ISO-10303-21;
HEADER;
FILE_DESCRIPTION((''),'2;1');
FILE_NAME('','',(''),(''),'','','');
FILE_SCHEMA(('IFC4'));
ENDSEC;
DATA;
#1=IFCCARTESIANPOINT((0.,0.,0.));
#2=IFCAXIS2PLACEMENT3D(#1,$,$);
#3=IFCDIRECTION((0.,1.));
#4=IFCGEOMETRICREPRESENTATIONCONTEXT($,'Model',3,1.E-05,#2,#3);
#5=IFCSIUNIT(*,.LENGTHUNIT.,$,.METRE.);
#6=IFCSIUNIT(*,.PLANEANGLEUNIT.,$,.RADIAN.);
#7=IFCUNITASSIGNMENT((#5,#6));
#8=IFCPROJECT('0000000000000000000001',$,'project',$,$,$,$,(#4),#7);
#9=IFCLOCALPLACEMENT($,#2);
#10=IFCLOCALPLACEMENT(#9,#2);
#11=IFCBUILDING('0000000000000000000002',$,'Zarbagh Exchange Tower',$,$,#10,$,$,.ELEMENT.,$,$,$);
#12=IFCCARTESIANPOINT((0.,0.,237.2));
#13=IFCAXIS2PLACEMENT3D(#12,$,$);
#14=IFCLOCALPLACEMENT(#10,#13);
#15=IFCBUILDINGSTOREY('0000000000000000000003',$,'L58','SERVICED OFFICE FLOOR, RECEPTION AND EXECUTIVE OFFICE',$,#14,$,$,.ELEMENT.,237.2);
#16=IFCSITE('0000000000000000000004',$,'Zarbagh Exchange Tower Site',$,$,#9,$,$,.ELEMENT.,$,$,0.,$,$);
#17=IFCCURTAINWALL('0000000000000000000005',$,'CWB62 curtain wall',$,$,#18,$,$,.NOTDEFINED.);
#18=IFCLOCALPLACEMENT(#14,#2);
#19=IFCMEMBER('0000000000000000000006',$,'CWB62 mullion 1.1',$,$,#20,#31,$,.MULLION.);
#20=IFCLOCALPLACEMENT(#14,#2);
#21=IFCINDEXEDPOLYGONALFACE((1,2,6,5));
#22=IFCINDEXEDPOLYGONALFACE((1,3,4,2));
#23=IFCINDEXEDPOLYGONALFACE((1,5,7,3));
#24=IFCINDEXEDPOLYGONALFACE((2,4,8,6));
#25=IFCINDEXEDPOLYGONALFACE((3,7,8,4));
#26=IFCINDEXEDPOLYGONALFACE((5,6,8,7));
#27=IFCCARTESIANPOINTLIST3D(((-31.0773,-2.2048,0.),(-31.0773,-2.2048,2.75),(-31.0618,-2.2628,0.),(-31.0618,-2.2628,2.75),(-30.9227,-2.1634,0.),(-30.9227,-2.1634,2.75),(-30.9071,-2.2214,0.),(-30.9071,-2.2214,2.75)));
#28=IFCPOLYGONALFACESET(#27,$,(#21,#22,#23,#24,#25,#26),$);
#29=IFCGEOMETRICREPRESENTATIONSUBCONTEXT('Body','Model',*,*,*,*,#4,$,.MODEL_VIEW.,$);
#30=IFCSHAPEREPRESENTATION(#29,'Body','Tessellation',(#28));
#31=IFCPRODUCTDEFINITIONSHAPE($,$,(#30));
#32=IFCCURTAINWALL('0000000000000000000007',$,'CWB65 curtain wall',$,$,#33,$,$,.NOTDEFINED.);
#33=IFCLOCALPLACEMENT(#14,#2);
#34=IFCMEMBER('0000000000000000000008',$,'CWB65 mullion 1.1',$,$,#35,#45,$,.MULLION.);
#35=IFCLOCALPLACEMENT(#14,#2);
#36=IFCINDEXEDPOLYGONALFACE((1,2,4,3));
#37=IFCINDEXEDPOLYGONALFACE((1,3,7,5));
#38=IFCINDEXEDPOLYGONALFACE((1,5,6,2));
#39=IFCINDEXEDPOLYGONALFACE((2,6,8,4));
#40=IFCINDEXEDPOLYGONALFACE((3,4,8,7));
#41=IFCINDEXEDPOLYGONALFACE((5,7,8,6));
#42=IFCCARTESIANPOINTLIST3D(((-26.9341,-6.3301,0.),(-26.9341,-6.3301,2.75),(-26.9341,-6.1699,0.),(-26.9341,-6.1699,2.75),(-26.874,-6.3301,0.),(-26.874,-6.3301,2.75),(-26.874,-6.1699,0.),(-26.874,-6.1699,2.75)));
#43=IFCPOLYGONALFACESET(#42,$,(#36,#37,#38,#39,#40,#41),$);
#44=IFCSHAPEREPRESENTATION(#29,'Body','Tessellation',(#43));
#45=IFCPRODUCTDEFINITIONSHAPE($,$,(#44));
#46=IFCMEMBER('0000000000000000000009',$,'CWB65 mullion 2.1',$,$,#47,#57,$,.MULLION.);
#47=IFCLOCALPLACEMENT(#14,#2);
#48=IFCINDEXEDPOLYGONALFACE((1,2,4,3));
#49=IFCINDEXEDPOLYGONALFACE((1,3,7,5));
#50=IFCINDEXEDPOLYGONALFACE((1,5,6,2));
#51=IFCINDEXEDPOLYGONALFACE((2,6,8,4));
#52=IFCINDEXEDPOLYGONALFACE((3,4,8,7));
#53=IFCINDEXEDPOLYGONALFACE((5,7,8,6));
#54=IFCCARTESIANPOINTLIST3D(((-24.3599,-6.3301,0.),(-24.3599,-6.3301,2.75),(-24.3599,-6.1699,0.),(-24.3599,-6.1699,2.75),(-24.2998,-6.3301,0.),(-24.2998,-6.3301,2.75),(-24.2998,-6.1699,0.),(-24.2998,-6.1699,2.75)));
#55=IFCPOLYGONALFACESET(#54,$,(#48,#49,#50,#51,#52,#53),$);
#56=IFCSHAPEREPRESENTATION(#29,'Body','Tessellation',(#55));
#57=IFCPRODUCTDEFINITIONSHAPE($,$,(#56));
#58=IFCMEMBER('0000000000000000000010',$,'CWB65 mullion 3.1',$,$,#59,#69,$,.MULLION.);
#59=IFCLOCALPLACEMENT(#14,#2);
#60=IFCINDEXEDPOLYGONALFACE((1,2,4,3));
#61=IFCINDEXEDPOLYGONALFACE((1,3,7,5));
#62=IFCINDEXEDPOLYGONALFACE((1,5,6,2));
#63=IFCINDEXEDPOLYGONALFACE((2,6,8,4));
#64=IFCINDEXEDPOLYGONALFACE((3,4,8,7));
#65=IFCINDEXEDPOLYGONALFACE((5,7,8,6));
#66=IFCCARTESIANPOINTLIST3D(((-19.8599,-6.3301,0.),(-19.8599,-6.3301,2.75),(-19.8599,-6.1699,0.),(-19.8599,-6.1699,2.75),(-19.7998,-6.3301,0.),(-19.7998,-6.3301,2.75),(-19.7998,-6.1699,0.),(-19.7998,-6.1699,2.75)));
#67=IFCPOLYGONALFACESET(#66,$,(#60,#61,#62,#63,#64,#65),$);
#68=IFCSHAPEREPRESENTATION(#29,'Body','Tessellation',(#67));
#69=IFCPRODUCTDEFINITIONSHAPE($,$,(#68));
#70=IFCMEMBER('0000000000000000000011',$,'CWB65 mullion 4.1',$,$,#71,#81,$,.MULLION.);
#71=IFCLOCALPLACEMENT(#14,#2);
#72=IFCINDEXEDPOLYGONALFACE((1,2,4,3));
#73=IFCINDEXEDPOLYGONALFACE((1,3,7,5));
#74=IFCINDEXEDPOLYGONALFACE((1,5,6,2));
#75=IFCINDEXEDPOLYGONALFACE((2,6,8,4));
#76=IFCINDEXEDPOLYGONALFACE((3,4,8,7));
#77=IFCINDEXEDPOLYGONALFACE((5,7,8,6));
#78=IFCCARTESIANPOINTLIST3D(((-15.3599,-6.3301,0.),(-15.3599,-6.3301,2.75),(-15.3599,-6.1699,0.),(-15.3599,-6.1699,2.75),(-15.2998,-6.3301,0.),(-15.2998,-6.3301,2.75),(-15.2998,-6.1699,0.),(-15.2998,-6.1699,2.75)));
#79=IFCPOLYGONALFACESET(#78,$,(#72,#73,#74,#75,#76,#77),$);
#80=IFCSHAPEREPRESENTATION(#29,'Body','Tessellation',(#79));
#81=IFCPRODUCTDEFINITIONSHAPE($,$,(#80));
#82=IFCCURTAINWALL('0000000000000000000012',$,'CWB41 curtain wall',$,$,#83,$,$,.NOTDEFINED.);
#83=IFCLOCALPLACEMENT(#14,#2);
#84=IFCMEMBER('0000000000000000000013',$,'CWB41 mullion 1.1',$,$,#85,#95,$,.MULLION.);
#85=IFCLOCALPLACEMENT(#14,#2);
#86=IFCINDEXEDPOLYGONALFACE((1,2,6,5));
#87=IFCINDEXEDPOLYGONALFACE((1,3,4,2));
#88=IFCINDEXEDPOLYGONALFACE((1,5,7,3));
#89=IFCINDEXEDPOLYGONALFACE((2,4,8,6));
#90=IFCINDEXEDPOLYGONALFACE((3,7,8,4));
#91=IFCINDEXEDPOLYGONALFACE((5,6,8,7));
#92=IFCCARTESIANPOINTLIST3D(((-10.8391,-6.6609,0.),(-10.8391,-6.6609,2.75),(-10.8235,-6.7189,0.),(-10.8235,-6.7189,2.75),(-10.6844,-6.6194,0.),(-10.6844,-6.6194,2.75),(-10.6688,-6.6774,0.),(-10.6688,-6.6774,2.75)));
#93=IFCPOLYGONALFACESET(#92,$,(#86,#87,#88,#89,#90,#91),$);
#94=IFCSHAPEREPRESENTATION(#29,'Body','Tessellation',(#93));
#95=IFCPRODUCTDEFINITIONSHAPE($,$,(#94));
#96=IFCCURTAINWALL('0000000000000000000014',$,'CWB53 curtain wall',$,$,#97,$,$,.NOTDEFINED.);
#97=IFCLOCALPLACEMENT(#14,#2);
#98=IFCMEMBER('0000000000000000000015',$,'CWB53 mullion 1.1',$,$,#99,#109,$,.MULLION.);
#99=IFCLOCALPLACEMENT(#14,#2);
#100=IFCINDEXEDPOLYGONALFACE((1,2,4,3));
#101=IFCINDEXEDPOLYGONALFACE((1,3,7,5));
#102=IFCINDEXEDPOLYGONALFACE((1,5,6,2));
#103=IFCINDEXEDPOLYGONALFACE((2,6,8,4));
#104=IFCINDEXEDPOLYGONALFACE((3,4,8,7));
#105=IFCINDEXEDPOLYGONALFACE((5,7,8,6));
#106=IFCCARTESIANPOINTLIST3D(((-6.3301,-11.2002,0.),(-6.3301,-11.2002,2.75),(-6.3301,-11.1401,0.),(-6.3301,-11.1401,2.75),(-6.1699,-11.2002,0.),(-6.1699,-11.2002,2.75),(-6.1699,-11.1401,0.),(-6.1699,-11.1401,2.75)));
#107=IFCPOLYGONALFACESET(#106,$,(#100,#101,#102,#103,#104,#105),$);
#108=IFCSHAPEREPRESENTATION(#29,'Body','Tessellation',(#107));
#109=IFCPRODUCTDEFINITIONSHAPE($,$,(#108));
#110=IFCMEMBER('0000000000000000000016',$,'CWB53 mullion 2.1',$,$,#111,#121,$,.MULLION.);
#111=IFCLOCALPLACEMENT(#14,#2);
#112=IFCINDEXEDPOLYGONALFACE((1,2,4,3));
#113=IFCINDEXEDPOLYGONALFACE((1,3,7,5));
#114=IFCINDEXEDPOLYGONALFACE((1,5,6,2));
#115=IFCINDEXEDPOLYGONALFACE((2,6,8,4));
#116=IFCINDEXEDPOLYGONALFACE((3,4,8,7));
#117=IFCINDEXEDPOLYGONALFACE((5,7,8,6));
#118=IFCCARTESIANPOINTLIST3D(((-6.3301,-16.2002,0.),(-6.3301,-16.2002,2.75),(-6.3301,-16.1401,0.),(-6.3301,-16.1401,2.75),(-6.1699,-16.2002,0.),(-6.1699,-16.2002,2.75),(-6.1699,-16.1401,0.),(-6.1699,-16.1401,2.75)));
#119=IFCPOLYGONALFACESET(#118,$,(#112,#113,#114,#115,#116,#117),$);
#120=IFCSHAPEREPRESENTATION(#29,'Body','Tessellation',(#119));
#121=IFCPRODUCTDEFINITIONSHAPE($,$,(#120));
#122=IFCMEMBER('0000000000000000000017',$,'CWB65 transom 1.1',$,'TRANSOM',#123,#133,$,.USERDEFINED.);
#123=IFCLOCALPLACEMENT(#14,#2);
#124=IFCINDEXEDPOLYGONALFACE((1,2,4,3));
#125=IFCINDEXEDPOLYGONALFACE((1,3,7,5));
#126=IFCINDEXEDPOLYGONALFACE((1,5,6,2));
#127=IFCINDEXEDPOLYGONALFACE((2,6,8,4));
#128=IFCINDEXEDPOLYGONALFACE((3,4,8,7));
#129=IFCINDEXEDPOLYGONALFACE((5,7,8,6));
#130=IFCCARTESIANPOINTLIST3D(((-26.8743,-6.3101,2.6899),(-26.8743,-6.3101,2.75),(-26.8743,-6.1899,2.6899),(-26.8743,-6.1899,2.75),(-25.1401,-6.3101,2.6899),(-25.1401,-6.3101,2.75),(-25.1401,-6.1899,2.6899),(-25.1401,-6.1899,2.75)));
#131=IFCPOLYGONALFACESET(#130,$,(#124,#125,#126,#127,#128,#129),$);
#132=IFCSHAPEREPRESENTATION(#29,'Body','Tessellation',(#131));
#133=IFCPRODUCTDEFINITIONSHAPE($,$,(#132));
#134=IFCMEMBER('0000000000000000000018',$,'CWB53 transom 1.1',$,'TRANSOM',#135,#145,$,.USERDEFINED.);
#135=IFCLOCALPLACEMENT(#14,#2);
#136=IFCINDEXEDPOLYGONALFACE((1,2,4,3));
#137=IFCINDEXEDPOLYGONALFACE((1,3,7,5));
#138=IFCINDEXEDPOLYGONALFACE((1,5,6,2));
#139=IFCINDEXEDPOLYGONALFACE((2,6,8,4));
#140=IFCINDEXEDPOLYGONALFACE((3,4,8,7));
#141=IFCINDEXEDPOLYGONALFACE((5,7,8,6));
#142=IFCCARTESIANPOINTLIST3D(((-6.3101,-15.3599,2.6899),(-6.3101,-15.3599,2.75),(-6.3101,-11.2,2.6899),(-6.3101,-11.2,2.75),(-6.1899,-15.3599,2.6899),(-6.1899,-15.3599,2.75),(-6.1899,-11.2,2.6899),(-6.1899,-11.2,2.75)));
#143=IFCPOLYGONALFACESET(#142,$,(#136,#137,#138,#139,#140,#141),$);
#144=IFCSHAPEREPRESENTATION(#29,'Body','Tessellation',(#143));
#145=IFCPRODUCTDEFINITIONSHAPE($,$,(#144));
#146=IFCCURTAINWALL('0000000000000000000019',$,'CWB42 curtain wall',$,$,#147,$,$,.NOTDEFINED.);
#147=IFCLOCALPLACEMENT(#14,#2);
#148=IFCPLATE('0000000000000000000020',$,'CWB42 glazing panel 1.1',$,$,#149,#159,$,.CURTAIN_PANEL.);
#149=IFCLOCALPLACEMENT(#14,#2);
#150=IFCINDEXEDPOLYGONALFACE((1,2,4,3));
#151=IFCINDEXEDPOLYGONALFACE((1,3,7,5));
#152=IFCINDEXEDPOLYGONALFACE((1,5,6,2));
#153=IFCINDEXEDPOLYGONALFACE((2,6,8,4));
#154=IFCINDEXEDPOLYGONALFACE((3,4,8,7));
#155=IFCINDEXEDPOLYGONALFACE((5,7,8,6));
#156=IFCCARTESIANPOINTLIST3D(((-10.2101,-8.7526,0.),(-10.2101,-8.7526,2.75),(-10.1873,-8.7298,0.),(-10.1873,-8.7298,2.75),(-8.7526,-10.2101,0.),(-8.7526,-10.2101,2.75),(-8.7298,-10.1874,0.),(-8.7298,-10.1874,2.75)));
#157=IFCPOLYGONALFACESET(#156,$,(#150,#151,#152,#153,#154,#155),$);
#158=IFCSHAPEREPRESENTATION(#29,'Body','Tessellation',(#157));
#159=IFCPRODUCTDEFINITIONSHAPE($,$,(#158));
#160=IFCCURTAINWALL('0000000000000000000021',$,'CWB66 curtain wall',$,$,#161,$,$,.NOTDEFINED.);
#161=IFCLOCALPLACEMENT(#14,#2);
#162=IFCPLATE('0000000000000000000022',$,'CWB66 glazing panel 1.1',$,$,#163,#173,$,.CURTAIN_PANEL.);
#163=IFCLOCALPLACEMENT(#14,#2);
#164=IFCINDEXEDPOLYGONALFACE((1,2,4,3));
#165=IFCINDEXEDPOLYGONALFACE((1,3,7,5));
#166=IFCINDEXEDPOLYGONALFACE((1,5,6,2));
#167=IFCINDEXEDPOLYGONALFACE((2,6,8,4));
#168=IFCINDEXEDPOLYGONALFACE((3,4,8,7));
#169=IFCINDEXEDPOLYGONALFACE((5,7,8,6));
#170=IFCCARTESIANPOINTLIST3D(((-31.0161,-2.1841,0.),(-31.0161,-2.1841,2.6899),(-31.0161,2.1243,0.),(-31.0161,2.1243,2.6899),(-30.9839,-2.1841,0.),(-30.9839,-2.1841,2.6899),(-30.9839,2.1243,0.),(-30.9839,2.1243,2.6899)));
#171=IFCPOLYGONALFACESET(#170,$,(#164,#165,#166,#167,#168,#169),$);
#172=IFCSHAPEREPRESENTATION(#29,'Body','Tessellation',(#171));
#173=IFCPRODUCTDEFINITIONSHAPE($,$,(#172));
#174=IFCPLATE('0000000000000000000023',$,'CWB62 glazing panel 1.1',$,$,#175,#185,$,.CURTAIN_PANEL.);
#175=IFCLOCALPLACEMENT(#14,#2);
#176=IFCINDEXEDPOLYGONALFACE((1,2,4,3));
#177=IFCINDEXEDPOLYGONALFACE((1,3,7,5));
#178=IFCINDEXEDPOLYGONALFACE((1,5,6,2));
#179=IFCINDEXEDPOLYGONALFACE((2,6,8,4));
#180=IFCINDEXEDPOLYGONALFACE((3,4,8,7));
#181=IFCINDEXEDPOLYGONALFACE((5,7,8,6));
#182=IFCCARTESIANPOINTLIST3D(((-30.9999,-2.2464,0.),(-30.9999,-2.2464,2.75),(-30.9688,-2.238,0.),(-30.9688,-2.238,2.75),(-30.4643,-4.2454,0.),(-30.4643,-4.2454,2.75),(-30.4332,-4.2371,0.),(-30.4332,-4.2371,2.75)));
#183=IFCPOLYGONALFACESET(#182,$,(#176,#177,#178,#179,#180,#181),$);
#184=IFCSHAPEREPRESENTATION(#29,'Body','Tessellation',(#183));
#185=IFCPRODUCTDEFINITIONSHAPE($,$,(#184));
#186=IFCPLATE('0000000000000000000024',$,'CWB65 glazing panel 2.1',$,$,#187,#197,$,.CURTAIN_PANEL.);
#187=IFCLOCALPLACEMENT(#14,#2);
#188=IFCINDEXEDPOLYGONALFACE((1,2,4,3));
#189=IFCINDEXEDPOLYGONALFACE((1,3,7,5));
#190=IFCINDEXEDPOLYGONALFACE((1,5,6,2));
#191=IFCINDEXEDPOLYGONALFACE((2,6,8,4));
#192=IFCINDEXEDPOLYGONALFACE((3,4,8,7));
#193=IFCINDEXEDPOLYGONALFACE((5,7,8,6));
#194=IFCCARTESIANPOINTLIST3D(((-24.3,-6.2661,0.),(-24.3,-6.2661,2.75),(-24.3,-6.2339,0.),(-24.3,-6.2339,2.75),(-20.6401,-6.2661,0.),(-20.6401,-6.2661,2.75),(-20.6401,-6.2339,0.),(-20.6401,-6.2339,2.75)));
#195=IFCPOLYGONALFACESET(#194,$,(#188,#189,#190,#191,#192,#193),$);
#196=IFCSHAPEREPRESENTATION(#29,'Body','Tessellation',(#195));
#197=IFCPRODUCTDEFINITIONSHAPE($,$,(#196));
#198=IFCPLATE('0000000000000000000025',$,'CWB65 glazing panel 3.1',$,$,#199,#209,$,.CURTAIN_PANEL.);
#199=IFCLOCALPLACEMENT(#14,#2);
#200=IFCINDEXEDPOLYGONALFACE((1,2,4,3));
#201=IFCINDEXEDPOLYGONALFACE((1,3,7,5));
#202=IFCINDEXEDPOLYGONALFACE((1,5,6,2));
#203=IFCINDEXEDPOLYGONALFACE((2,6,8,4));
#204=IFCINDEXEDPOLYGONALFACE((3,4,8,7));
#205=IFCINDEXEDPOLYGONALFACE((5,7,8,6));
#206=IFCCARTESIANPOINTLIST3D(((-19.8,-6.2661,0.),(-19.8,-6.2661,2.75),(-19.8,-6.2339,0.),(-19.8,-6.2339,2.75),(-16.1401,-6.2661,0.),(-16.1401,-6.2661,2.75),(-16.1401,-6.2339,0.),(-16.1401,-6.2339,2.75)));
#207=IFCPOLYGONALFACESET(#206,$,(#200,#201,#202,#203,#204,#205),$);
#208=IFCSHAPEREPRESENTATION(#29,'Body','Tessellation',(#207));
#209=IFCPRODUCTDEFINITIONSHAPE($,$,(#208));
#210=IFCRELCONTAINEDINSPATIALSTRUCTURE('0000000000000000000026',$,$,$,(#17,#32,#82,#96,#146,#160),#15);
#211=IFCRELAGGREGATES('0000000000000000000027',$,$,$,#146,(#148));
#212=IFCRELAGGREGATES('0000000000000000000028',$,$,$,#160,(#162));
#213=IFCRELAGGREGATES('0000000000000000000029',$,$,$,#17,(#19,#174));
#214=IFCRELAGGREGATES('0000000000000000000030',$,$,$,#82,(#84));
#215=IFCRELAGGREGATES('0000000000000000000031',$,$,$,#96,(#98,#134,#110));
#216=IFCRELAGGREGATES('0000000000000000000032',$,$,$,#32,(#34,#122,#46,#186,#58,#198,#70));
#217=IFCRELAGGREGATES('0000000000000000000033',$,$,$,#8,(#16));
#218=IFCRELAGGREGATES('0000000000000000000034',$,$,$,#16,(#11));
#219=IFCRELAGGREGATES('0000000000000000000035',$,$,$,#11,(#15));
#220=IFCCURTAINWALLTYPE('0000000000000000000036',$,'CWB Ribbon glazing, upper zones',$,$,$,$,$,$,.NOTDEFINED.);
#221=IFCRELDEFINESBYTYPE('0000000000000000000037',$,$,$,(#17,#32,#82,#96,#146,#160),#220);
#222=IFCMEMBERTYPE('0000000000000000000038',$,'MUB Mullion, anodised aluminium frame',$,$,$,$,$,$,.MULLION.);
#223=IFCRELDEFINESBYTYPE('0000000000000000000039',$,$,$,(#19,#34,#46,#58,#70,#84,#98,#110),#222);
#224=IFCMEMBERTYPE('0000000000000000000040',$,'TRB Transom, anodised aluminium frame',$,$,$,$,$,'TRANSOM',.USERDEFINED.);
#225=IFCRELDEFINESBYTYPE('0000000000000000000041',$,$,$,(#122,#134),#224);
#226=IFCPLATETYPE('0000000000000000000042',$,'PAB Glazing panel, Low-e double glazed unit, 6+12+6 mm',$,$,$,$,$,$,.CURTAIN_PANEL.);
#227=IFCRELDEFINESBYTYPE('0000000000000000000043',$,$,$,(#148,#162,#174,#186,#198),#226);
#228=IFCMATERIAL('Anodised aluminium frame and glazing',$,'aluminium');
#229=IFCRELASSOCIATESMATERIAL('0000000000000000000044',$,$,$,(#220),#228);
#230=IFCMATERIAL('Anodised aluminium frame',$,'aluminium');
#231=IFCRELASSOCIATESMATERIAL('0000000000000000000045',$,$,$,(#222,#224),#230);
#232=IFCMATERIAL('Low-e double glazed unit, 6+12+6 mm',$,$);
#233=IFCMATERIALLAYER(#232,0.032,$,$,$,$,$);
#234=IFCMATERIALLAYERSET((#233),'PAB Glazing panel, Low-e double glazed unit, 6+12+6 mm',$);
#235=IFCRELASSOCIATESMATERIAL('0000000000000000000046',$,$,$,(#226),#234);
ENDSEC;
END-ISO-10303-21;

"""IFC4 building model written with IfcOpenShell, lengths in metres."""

from ifc_helpers import new_model, si_unit, direction, frame, origin, place, context, subcontext, project, spatial, polyline, outline, extrude, source, transform, mapped, material, layer, layer_set, type_object, element, aggregate, save


model = new_model("IFC4")

# Units and contexts
model_context = context("Model", 3, precision=1e-05, world=origin(), true_north=direction((0.0, 1.0)))
body_context = subcontext(model_context, "Body", "Model", "MODEL_VIEW")
ifc_project = project(units=[si_unit("LENGTHUNIT", "METRE"), si_unit("PLANEANGLEUNIT", "RADIAN")], contexts=[model_context])

# Site, building, storey
site_placement = place(None, origin())
site = spatial("IfcSite", under=ifc_project, at=site_placement, Name="Zarbagh Exchange Tower Site", CompositionType="ELEMENT", RefElevation=0.0)
building_placement = place(site_placement, origin())
building = spatial("IfcBuilding", under=site, at=building_placement, Name="Zarbagh Exchange Tower", CompositionType="ELEMENT")
storey_placement = place(building_placement, frame((0.0, 0.0, 237.2)))
storey = spatial("IfcBuildingStorey", under=building, at=storey_placement, Name="L58", Description="SERVICED OFFICE FLOOR, RECEPTION AND EXECUTIVE OFFICE", CompositionType="ELEMENT", Elevation=237.2)

# Curtain wall, member
ifc_material_1 = material(Name="Anodised aluminium frame and glazing", Category="aluminium")
curtain_wall_type = type_object("IfcCurtainWallType", Name="CWB Ribbon glazing, upper zones", PredefinedType="NOTDEFINED", material=ifc_material_1)
curtain_wall_1_placement = place(storey_placement, origin())
curtain_wall_1 = element("IfcCurtainWall", 1, at=curtain_wall_1_placement, inside=storey, type_object=curtain_wall_type, Name="CWB62 curtain wall", PredefinedType="NOTDEFINED")
ifc_material_2 = material(Name="Anodised aluminium frame", Category="aluminium")
member_type_1 = type_object("IfcMemberType", Name="MUB Mullion, anodised aluminium frame", PredefinedType="MULLION", material=ifc_material_2)
shared_shape_1 = source(origin(), body_context, "Body", "SweptSolid", [
    extrude(outline(polyline([(0.0, -0.0801), (0.0601, -0.0801), (0.0601, 0.0801), (0.0, 0.0801), (0.0, -0.0801)])), origin(), (0.0, 0.0, 1.0), 2.75),
])
placement = place(storey_placement, origin())
member_1 = element("IfcMember", 2, at=placement, type_object=member_type_1, Name="CWB62 mullion 1.1", PredefinedType="MULLION", context=body_context, shape_type="MappedRepresentation", body=[
    mapped(shared_shape_1, transform((-31.0, -2.1841, 0.0), x_axis=(0.258825, -0.965924, 0.0), y_axis=(0.965924, 0.258825, 0.0), z_axis=(0.0, 0.0, 1.0))),
])

# Curtain wall, members
curtain_wall_2_placement = place(storey_placement, origin())
curtain_wall_2 = element("IfcCurtainWall", 3, at=curtain_wall_2_placement, inside=storey, type_object=curtain_wall_type, Name="CWB65 curtain wall", PredefinedType="NOTDEFINED")
member_2 = element("IfcMember", 4, at=placement, type_object=member_type_1, Name="CWB65 mullion 1.1", PredefinedType="MULLION", context=body_context, shape_type="MappedRepresentation", body=[
    mapped(shared_shape_1, transform((-26.9341, -6.25, 0.0), x_axis=(1.0, 0.0, 0.0), y_axis=(0.0, 1.0, 0.0), z_axis=(0.0, 0.0, 1.0))),
])
member_3 = element("IfcMember", 5, at=placement, type_object=member_type_1, Name="CWB65 mullion 2.1", PredefinedType="MULLION", context=body_context, shape_type="MappedRepresentation", body=[
    mapped(shared_shape_1, transform((-24.3599, -6.25, 0.0), x_axis=(1.0, 0.0, 0.0), y_axis=(0.0, 1.0, 0.0), z_axis=(0.0, 0.0, 1.0))),
])
member_4 = element("IfcMember", 6, at=placement, type_object=member_type_1, Name="CWB65 mullion 3.1", PredefinedType="MULLION", context=body_context, shape_type="MappedRepresentation", body=[
    mapped(shared_shape_1, transform((-19.8599, -6.25, 0.0), x_axis=(1.0, 0.0, 0.0), y_axis=(0.0, 1.0, 0.0), z_axis=(0.0, 0.0, 1.0))),
])
member_5 = element("IfcMember", 7, at=placement, type_object=member_type_1, Name="CWB65 mullion 4.1", PredefinedType="MULLION", context=body_context, shape_type="MappedRepresentation", body=[
    mapped(shared_shape_1, transform((-15.3599, -6.25, 0.0), x_axis=(1.0, 0.0, 0.0), y_axis=(0.0, 1.0, 0.0), z_axis=(0.0, 0.0, 1.0))),
])

# Curtain wall, member
curtain_wall_3_placement = place(storey_placement, origin())
curtain_wall_3 = element("IfcCurtainWall", 8, at=curtain_wall_3_placement, inside=storey, type_object=curtain_wall_type, Name="CWB41 curtain wall", PredefinedType="NOTDEFINED")
member_6 = element("IfcMember", 9, at=placement, type_object=member_type_1, Name="CWB41 mullion 1.1", PredefinedType="MULLION", context=body_context, shape_type="MappedRepresentation", body=[
    mapped(shared_shape_1, transform((-10.7617, -6.6401, 0.0), x_axis=(0.258825, -0.965924, 0.0), y_axis=(0.965924, 0.258825, 0.0), z_axis=(0.0, 0.0, 1.0))),
])

# Curtain wall, members
curtain_wall_4_placement = place(storey_placement, origin())
curtain_wall_4 = element("IfcCurtainWall", 10, at=curtain_wall_4_placement, inside=storey, type_object=curtain_wall_type, Name="CWB53 curtain wall", PredefinedType="NOTDEFINED")
member_7 = element("IfcMember", 11, at=placement, type_object=member_type_1, Name="CWB53 mullion 1.1", PredefinedType="MULLION", context=body_context, shape_type="MappedRepresentation", body=[
    mapped(shared_shape_1, transform((-6.25, -11.1401, 0.0), x_axis=(0.0, -1.0, 0.0), y_axis=(1.0, 0.0, 0.0), z_axis=(0.0, 0.0, 1.0))),
])
member_8 = element("IfcMember", 12, at=placement, type_object=member_type_1, Name="CWB53 mullion 2.1", PredefinedType="MULLION", context=body_context, shape_type="MappedRepresentation", body=[
    mapped(shared_shape_1, transform((-6.25, -16.1401, 0.0), x_axis=(0.0, -1.0, 0.0), y_axis=(1.0, 0.0, 0.0), z_axis=(0.0, 0.0, 1.0))),
])

# Members
member_type_2 = type_object("IfcMemberType", Name="TRB Transom, anodised aluminium frame", ElementType="TRANSOM", PredefinedType="USERDEFINED", material=ifc_material_2)
shared_shape_2 = source(origin(), body_context, "Body", "SweptSolid", [
    extrude(outline(polyline([(-0.0601, -0.0601), (0.0, -0.0601), (0.0, 0.0601), (-0.0601, 0.0601), (-0.0601, -0.0601)])), origin(), (0.0, 0.0, 1.0), 1.7341),
])
member_9 = element("IfcMember", 13, at=placement, type_object=member_type_2, Name="CWB65 transom 1.1", ObjectType="TRANSOM", PredefinedType="USERDEFINED", context=body_context, shape_type="MappedRepresentation", body=[
    mapped(shared_shape_2, transform((-26.8743, -6.25, 2.75), x_axis=(0.0, 0.0, 1.0), y_axis=(0.0, -1.0, 0.0), z_axis=(1.0, 0.0, 0.0))),
])
shared_shape_3 = source(origin(), body_context, "Body", "SweptSolid", [
    extrude(outline(polyline([(-0.0601, -0.0601), (0.0, -0.0601), (0.0, 0.0601), (-0.0601, 0.0601), (-0.0601, -0.0601)])), origin(), (0.0, 0.0, 1.0), 4.1599),
])
member_10 = element("IfcMember", 14, at=placement, type_object=member_type_2, Name="CWB53 transom 1.1", ObjectType="TRANSOM", PredefinedType="USERDEFINED", context=body_context, shape_type="MappedRepresentation", body=[
    mapped(shared_shape_3, transform((-6.25, -11.2, 2.75), x_axis=(0.0, 0.0, 1.0), y_axis=(-1.0, 0.0, 0.0), z_axis=(0.0, -1.0, 0.0))),
])

# Curtain walls, plates
curtain_wall_5_placement = place(storey_placement, origin())
curtain_wall_5 = element("IfcCurtainWall", 15, at=curtain_wall_5_placement, inside=storey, type_object=curtain_wall_type, Name="CWB42 curtain wall", PredefinedType="NOTDEFINED")
ifc_material_3 = material(Name="Low-e double glazed unit, 6+12+6 mm")
ifc_layer = layer(ifc_material_3, 0.032)
ifc_layer_set = layer_set([ifc_layer], Name="PAB Glazing panel, Low-e double glazed unit, 6+12+6 mm")
plate_type = type_object("IfcPlateType", Name="PAB Glazing panel, Low-e double glazed unit, 6+12+6 mm", PredefinedType="CURTAIN_PANEL", material=ifc_layer_set)
shared_shape_4 = source(origin(), body_context, "Body", "SweptSolid", [
    extrude(outline(polyline([(0.0, -0.0161), (2.0613, -0.0161), (2.0613, 0.0161), (0.0, 0.0161), (0.0, -0.0161)])), origin(), (0.0, 0.0, 1.0), 2.75),
])
plate_1 = element("IfcPlate", 16, at=placement, type_object=plate_type, Name="CWB42 glazing panel 1.1", PredefinedType="CURTAIN_PANEL", context=body_context, shape_type="MappedRepresentation", body=[
    mapped(shared_shape_4, transform((-10.1987, -8.7412, 0.0), x_axis=(0.707107, -0.707107, 0.0), y_axis=(0.707107, 0.707107, 0.0), z_axis=(0.0, 0.0, 1.0))),
])
aggregate(curtain_wall_5, [plate_1])
curtain_wall_6_placement = place(storey_placement, origin())
curtain_wall_6 = element("IfcCurtainWall", 17, at=curtain_wall_6_placement, inside=storey, type_object=curtain_wall_type, Name="CWB66 curtain wall", PredefinedType="NOTDEFINED")
shared_shape_5 = source(origin(), body_context, "Body", "SweptSolid", [
    extrude(outline(polyline([(0.0, -0.0161), (4.3083, -0.0161), (4.3083, 0.0161), (0.0, 0.0161), (0.0, -0.0161)])), origin(), (0.0, 0.0, 1.0), 2.6899),
])
plate_2 = element("IfcPlate", 18, at=placement, type_object=plate_type, Name="CWB66 glazing panel 1.1", PredefinedType="CURTAIN_PANEL", context=body_context, shape_type="MappedRepresentation", body=[
    mapped(shared_shape_5, transform((-31.0, 2.1243, 0.0), x_axis=(0.0, -1.0, 0.0), y_axis=(1.0, 0.0, 0.0), z_axis=(0.0, 0.0, 1.0))),
])
aggregate(curtain_wall_6, [plate_2])

# Plates
shared_shape_6 = source(origin(), body_context, "Body", "SweptSolid", [
    extrude(outline(polyline([(0.0, -0.0161), (2.0696, -0.0161), (2.0696, 0.0161), (0.0, 0.0161), (0.0, -0.0161)])), origin(), (0.0, 0.0, 1.0), 2.75),
])
plate_3 = element("IfcPlate", 19, at=placement, type_object=plate_type, Name="CWB62 glazing panel 1.1", PredefinedType="CURTAIN_PANEL", context=body_context, shape_type="MappedRepresentation", body=[
    mapped(shared_shape_6, transform((-30.9844, -2.2422, 0.0), x_axis=(0.258825, -0.965924, 0.0), y_axis=(0.965924, 0.258825, 0.0), z_axis=(0.0, 0.0, 1.0))),
])
aggregate(curtain_wall_1, [member_1, plate_3])
shared_shape_7 = source(origin(), body_context, "Body", "SweptSolid", [
    extrude(outline(polyline([(0.0, -0.0161), (3.6599, -0.0161), (3.6599, 0.0161), (0.0, 0.0161), (0.0, -0.0161)])), origin(), (0.0, 0.0, 1.0), 2.75),
])
plate_4 = element("IfcPlate", 20, at=placement, type_object=plate_type, Name="CWB65 glazing panel 2.1", PredefinedType="CURTAIN_PANEL", context=body_context, shape_type="MappedRepresentation", body=[
    mapped(shared_shape_7, transform((-24.3, -6.25, 0.0), x_axis=(1.0, 0.0, 0.0), y_axis=(0.0, 1.0, 0.0), z_axis=(0.0, 0.0, 1.0))),
])
plate_5 = element("IfcPlate", 21, at=placement, type_object=plate_type, Name="CWB65 glazing panel 3.1", PredefinedType="CURTAIN_PANEL", context=body_context, shape_type="MappedRepresentation", body=[
    mapped(shared_shape_7, transform((-19.8, -6.25, 0.0), x_axis=(1.0, 0.0, 0.0), y_axis=(0.0, 1.0, 0.0), z_axis=(0.0, 0.0, 1.0))),
])
aggregate(curtain_wall_3, [member_6])

aggregate(curtain_wall_4, [member_7, member_10, member_8])

aggregate(curtain_wall_2, [member_2, member_9, member_3, plate_4, member_4, plate_5, member_5])

save(model, "model.ifc")
